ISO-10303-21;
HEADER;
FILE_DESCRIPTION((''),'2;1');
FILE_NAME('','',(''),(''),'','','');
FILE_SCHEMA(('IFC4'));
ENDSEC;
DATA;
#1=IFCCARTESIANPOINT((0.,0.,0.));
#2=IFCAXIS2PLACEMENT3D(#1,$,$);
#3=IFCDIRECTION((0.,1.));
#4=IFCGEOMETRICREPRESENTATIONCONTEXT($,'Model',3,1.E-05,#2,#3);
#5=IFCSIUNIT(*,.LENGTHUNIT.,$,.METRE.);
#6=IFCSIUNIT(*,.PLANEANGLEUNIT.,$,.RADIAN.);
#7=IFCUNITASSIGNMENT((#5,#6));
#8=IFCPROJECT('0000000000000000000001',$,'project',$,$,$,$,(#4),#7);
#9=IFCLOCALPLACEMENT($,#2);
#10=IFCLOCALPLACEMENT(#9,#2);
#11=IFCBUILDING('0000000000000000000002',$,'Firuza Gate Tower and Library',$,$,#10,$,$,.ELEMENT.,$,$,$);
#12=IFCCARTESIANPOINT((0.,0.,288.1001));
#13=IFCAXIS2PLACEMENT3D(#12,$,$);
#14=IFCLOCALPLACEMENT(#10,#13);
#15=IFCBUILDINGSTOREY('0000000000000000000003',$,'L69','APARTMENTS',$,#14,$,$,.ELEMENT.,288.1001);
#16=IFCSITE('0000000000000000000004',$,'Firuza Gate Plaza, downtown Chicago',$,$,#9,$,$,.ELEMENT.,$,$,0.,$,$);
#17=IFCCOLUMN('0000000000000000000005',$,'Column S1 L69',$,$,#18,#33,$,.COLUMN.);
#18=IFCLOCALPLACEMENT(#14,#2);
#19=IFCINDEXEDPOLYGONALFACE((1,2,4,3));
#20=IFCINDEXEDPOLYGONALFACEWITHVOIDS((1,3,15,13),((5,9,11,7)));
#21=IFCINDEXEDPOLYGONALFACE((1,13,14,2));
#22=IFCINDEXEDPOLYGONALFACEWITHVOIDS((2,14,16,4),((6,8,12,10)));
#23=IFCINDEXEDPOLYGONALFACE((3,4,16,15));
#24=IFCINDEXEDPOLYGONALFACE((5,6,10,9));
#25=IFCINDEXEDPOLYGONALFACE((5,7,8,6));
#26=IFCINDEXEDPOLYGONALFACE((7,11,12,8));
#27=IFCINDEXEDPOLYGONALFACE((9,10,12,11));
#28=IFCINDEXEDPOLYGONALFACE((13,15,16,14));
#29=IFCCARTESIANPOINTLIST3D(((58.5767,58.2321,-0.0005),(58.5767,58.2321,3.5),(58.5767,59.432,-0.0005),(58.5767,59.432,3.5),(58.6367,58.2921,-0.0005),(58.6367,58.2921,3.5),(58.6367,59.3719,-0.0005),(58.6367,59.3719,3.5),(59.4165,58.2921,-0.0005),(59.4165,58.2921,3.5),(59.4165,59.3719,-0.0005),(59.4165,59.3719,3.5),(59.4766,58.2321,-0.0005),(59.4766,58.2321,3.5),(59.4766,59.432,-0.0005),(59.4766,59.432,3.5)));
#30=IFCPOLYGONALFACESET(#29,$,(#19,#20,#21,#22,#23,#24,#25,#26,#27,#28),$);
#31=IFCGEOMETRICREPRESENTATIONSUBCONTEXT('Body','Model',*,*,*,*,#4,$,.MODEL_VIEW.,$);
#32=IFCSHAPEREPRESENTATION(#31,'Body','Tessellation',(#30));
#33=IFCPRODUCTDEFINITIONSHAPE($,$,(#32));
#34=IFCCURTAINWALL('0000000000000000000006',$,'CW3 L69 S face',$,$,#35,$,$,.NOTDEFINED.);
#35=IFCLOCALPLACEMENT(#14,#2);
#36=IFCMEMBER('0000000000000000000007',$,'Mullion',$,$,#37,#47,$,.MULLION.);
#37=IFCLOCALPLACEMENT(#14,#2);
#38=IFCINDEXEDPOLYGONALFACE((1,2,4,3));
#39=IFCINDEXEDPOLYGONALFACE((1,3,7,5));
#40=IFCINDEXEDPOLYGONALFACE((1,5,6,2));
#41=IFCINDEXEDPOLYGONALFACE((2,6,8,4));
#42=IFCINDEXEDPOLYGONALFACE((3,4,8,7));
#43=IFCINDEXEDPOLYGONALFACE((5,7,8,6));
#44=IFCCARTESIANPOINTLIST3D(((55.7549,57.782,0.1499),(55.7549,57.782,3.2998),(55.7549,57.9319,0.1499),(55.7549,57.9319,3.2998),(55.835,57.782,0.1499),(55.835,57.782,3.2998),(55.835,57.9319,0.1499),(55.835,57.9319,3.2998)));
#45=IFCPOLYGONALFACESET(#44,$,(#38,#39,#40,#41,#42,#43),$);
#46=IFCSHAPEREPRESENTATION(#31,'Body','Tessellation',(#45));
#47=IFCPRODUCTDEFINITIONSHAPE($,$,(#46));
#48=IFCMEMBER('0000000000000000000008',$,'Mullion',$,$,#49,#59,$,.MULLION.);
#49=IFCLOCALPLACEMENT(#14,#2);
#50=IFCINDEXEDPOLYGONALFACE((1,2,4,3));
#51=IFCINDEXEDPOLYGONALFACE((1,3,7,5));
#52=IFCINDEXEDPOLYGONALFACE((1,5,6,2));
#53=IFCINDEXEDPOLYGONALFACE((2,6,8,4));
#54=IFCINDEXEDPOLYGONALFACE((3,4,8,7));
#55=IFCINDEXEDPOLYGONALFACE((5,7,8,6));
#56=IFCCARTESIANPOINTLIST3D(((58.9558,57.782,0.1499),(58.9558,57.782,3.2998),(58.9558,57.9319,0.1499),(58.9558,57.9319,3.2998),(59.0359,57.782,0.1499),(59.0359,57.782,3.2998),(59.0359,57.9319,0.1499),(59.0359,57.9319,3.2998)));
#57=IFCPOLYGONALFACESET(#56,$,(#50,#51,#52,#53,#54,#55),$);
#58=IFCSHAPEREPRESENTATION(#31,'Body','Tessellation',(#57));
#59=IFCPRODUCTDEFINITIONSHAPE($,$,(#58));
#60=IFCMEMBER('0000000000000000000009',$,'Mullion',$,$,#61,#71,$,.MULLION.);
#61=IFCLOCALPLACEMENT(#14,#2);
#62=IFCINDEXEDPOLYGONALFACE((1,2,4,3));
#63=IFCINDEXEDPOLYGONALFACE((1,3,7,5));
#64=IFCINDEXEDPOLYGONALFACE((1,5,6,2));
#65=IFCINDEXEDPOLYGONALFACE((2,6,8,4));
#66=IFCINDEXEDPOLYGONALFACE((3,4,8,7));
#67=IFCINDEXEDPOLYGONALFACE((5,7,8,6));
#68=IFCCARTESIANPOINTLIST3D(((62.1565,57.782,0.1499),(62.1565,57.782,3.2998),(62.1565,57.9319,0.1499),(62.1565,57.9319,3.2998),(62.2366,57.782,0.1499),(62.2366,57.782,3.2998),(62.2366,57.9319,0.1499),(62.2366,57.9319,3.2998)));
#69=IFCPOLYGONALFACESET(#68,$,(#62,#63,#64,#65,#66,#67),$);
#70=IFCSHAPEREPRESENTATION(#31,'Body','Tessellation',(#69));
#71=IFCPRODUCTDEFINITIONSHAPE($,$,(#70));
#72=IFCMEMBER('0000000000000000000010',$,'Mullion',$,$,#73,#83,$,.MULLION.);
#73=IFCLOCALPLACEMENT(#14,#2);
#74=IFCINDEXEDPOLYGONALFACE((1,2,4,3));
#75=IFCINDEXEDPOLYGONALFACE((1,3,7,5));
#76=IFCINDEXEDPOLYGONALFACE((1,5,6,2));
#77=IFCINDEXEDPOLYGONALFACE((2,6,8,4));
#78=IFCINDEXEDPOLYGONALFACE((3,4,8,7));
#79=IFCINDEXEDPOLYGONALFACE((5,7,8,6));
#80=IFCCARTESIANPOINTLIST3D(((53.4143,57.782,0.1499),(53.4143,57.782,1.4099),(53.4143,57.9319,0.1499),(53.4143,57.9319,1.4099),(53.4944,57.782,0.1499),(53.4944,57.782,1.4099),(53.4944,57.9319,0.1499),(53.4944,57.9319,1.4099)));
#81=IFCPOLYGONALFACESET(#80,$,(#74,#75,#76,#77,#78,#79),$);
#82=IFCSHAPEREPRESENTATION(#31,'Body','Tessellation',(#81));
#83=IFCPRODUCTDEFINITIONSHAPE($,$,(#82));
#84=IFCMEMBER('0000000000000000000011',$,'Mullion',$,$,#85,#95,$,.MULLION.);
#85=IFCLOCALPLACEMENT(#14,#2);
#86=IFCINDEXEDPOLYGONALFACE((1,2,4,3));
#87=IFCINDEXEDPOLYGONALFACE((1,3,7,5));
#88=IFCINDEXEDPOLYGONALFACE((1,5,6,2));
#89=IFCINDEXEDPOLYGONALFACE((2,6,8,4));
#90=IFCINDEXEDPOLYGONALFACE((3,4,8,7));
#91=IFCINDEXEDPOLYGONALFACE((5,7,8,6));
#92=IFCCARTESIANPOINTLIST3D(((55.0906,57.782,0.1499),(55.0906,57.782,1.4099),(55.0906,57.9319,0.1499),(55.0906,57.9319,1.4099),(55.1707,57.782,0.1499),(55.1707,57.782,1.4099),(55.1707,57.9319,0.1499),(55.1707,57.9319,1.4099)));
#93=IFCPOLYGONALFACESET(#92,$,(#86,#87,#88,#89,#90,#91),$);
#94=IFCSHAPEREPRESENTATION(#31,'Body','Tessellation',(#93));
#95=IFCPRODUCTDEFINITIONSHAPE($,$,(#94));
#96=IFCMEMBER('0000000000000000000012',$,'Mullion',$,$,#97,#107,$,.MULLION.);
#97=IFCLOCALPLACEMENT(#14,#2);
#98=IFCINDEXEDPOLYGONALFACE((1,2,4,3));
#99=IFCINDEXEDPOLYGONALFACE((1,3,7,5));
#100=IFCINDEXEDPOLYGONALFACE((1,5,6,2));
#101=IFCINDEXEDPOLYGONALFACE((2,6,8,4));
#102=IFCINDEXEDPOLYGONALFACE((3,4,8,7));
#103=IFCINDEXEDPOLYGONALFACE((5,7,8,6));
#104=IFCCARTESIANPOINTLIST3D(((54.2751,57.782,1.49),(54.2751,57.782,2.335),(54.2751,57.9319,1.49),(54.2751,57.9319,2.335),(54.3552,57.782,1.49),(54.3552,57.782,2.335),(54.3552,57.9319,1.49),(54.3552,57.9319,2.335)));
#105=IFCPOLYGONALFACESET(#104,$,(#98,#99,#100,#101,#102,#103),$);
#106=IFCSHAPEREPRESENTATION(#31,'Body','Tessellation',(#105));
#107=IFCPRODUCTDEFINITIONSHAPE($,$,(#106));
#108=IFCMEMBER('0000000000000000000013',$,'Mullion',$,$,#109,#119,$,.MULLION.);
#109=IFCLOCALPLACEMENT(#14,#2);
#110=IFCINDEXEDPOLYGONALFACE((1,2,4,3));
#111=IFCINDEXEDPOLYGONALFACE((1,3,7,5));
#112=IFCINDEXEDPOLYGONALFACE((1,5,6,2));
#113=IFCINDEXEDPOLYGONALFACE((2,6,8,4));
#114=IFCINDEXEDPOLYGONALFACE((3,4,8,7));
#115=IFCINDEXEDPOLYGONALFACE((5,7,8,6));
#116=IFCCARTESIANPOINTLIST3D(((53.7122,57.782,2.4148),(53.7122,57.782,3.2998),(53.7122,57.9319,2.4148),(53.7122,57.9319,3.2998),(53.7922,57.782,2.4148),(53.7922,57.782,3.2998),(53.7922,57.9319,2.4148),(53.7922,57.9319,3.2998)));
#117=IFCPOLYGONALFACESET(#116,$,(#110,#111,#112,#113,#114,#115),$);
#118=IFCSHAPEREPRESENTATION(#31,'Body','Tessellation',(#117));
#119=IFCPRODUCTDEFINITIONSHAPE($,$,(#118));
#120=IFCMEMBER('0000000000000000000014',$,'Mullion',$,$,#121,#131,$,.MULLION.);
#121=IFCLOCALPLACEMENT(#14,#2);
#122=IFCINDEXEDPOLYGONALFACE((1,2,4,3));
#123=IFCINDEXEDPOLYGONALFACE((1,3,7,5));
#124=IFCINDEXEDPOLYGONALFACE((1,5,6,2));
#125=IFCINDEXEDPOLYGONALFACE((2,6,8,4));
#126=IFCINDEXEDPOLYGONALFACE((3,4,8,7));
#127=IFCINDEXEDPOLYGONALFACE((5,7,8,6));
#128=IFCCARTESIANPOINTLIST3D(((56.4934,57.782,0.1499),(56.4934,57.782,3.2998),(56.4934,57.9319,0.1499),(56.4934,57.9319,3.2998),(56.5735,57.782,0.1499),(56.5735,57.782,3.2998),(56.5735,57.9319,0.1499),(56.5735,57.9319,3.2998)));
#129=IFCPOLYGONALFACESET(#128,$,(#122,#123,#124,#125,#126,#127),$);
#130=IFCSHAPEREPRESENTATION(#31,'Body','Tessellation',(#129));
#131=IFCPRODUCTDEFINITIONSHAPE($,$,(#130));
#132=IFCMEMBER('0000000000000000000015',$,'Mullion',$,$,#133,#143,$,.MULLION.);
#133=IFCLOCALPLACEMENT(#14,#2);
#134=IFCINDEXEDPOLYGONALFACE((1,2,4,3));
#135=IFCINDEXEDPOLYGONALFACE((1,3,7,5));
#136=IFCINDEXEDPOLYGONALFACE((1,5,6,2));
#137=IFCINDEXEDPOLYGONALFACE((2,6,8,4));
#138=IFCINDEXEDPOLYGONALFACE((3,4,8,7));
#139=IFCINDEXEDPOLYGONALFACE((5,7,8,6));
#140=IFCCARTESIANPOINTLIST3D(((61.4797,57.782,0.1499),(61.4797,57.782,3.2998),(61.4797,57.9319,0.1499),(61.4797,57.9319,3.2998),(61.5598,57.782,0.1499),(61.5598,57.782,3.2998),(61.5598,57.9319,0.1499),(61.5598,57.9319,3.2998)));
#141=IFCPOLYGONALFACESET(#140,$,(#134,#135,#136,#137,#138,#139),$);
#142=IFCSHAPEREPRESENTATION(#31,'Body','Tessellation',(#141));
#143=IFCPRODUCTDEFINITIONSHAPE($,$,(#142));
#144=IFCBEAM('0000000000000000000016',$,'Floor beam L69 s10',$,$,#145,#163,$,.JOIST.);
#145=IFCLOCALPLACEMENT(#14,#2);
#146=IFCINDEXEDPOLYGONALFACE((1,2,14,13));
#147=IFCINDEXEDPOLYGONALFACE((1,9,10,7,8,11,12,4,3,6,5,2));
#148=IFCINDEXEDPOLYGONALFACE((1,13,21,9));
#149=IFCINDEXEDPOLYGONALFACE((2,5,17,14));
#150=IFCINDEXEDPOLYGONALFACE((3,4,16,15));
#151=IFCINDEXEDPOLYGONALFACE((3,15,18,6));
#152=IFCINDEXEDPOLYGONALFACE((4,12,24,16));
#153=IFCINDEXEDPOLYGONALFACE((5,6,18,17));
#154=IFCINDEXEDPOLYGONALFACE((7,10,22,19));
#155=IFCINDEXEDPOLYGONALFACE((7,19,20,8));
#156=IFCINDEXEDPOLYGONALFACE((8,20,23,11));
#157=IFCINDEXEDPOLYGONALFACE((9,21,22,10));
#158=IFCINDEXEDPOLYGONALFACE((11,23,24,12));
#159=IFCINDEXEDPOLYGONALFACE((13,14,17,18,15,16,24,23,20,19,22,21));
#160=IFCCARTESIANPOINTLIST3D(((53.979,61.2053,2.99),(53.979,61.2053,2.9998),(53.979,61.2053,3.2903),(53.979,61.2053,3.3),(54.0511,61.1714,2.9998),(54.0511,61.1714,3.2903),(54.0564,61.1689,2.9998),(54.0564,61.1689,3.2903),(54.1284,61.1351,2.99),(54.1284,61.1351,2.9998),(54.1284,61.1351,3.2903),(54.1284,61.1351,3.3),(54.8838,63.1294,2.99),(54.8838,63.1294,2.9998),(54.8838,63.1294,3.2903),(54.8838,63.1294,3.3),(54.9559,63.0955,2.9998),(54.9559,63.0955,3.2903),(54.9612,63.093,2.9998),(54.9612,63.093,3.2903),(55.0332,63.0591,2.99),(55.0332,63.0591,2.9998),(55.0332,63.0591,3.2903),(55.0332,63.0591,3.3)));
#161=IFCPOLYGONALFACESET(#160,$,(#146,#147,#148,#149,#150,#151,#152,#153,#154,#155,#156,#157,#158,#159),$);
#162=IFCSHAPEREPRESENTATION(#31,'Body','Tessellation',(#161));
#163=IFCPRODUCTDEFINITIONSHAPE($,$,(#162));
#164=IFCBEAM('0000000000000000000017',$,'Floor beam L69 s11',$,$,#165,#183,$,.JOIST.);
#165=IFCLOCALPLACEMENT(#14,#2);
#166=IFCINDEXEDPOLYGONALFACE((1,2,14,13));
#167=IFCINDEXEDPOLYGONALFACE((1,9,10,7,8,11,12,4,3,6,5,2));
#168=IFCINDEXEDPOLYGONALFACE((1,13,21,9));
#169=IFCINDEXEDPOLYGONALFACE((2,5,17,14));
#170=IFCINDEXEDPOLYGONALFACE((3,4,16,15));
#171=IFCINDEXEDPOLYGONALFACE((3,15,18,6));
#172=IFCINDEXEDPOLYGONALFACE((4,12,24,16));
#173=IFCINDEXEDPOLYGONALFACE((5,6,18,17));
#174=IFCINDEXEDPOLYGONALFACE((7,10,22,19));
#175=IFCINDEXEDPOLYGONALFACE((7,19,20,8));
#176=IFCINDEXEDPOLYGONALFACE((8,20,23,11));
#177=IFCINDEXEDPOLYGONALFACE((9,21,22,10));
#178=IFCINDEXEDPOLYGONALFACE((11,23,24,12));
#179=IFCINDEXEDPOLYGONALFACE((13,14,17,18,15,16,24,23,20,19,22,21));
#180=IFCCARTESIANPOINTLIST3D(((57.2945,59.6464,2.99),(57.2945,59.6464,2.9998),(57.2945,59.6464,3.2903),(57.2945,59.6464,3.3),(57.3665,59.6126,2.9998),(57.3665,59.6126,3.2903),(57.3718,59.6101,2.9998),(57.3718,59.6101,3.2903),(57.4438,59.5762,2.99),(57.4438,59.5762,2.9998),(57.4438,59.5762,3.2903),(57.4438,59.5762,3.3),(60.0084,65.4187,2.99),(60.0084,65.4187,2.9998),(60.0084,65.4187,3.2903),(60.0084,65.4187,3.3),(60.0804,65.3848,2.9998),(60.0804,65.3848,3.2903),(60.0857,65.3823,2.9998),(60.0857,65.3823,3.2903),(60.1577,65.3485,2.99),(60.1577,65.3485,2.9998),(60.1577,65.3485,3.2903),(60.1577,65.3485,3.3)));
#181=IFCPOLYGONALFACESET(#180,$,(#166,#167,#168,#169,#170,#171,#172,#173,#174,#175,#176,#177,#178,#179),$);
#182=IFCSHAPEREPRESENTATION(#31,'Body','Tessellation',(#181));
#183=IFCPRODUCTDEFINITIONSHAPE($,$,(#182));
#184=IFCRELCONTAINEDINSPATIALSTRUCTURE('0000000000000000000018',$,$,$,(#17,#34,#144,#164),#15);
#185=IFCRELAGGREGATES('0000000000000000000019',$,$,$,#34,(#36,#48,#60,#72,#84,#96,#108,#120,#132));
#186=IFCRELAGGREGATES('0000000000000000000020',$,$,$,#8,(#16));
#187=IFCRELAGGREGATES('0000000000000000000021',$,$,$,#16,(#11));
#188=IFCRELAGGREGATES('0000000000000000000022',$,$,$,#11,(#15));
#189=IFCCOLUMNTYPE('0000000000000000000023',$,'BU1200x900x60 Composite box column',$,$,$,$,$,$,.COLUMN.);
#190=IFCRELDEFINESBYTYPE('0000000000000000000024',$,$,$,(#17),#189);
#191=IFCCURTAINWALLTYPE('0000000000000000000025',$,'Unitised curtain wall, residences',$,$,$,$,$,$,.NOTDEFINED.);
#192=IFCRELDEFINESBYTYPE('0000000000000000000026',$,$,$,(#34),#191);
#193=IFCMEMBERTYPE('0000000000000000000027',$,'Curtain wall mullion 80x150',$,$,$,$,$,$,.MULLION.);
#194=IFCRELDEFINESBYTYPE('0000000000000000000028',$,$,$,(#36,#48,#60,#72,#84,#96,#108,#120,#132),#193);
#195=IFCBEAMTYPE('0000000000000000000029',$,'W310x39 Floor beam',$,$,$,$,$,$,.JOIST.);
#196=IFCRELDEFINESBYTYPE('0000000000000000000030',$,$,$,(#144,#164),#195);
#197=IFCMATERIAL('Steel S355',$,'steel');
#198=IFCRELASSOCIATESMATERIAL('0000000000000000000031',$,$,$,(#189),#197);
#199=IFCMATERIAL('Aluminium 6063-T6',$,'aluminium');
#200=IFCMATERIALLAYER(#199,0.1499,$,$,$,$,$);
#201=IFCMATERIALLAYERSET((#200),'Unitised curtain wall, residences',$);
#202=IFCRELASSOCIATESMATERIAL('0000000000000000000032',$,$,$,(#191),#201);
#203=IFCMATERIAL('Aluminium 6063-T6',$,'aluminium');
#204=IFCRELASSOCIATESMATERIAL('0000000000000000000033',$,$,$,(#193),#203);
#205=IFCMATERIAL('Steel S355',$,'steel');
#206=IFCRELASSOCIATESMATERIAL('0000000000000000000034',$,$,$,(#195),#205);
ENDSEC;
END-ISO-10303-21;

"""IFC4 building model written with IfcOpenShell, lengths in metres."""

from ifc_helpers import new_model, si_unit, direction, frame, origin, origin_2d, place, context, subcontext, project, spatial, rectangle, hollow_rectangle, i_section, extrude, material, layer, layer_set, material_profile, profile_set, type_object, element, aggregate, save


model = new_model("IFC4")

# Units and contexts
model_context = context("Model", 3, precision=1e-05, world=origin(), true_north=direction((0.0, 1.0)))
body_context = subcontext(model_context, "Body", "Model", "MODEL_VIEW")
ifc_project = project(units=[si_unit("LENGTHUNIT", "METRE"), si_unit("PLANEANGLEUNIT", "RADIAN")], contexts=[model_context])

# Site, building, storey
site_placement = place(None, origin())
site = spatial("IfcSite", under=ifc_project, at=site_placement, Name="Firuza Gate Plaza, downtown Chicago", CompositionType="ELEMENT", RefElevation=0.0)
building_placement = place(site_placement, origin())
building = spatial("IfcBuilding", under=site, at=building_placement, Name="Firuza Gate Tower and Library", CompositionType="ELEMENT")
storey_placement = place(building_placement, frame((0.0, 0.0, 288.1001)))
storey = spatial("IfcBuildingStorey", under=building, at=storey_placement, Name="L69", Description="APARTMENTS", CompositionType="ELEMENT", Elevation=288.1001)

# Column
ifc_material_1 = material(Name="Steel S355", Category="steel")
ifc_material_profile_1 = material_profile(ifc_material_1, hollow_rectangle(XDim=0.8999, YDim=1.2, WallThickness=0.0601, at=origin_2d()))
ifc_profile_set_1 = profile_set([ifc_material_profile_1], Name="Steel S355")
column_type = type_object("IfcColumnType", Name="BU1200x900x60 Composite box column", PredefinedType="COLUMN", material=ifc_profile_set_1)
column_placement = place(storey_placement, frame((59.0266, 58.832, -0.0005), z_axis=(0.0, 0.0, 1.0), x_axis=(1.0, 0.0, 0.0)))
element("IfcColumn", 1, at=column_placement, inside=storey, type_object=column_type, Name="Column S1 L69", PredefinedType="COLUMN", context=body_context, shape_type="SweptSolid", body=[
    extrude(hollow_rectangle(XDim=0.8999, YDim=1.2, WallThickness=0.0601, at=origin_2d()), origin(), (0.0, 0.0, 1.0), 3.5005),
])

# Curtain wall, members
ifc_material_2 = material(Name="Aluminium 6063-T6", Category="aluminium")
ifc_layer_1 = layer(ifc_material_2, 0.1499)
ifc_layer_set_1 = layer_set([ifc_layer_1], Name="Unitised curtain wall, residences")
curtain_wall_type = type_object("IfcCurtainWallType", Name="Unitised curtain wall, residences", PredefinedType="NOTDEFINED", material=ifc_layer_set_1)
curtain_wall_placement = place(storey_placement, origin())
curtain_wall = element("IfcCurtainWall", 2, at=curtain_wall_placement, inside=storey, type_object=curtain_wall_type, Name="CW3 L69 S face", PredefinedType="NOTDEFINED")
ifc_material_3 = material(Name="Aluminium 6063-T6", Category="aluminium")
ifc_material_profile_2 = material_profile(ifc_material_3, rectangle(XDim=0.1499, YDim=0.0801, at=origin_2d()))
ifc_profile_set_2 = profile_set([ifc_material_profile_2], Name="Aluminium 6063-T6")
member_type = type_object("IfcMemberType", Name="Curtain wall mullion 80x150", PredefinedType="MULLION", material=ifc_profile_set_2)
member_1_placement = place(storey_placement, frame((55.7949, 57.8569, 0.1499), z_axis=(0.0, 0.0, 1.0), x_axis=(0.0, 1.0, 0.0)))
member_1 = element("IfcMember", 3, at=member_1_placement, type_object=member_type, Name="Mullion", PredefinedType="MULLION", context=body_context, shape_type="SweptSolid", body=[
    extrude(rectangle(XDim=0.1499, YDim=0.0801, at=origin_2d()), origin(), (0.0, 0.0, 1.0), 3.1499),
])
member_2_placement = place(storey_placement, frame((58.9958, 57.8569, 0.1499), z_axis=(0.0, 0.0, 1.0), x_axis=(0.0, 1.0, 0.0)))
member_2 = element("IfcMember", 4, at=member_2_placement, type_object=member_type, Name="Mullion", PredefinedType="MULLION", context=body_context, shape_type="SweptSolid", body=[
    extrude(rectangle(XDim=0.1499, YDim=0.0801, at=origin_2d()), origin(), (0.0, 0.0, 1.0), 3.1499),
])
member_3_placement = place(storey_placement, frame((62.1965, 57.8569, 0.1499), z_axis=(0.0, 0.0, 1.0), x_axis=(0.0, 1.0, 0.0)))
member_3 = element("IfcMember", 5, at=member_3_placement, type_object=member_type, Name="Mullion", PredefinedType="MULLION", context=body_context, shape_type="SweptSolid", body=[
    extrude(rectangle(XDim=0.1499, YDim=0.0801, at=origin_2d()), origin(), (0.0, 0.0, 1.0), 3.1499),
])
member_4_placement = place(storey_placement, frame((53.4543, 57.8569, 0.1499), z_axis=(0.0, 0.0, 1.0), x_axis=(0.0, 1.0, 0.0)))
member_4 = element("IfcMember", 6, at=member_4_placement, type_object=member_type, Name="Mullion", PredefinedType="MULLION", context=body_context, shape_type="SweptSolid", body=[
    extrude(rectangle(XDim=0.1499, YDim=0.0801, at=origin_2d()), origin(), (0.0, 0.0, 1.0), 1.26),
])
member_5_placement = place(storey_placement, frame((55.1306, 57.8569, 0.1499), z_axis=(0.0, 0.0, 1.0), x_axis=(0.0, 1.0, 0.0)))
member_5 = element("IfcMember", 7, at=member_5_placement, type_object=member_type, Name="Mullion", PredefinedType="MULLION", context=body_context, shape_type="SweptSolid", body=[
    extrude(rectangle(XDim=0.1499, YDim=0.0801, at=origin_2d()), origin(), (0.0, 0.0, 1.0), 1.26),
])
member_6_placement = place(storey_placement, frame((54.3152, 57.8569, 1.49), z_axis=(0.0, 0.0, 1.0), x_axis=(0.0, 1.0, 0.0)))
member_6 = element("IfcMember", 8, at=member_6_placement, type_object=member_type, Name="Mullion", PredefinedType="MULLION", context=body_context, shape_type="SweptSolid", body=[
    extrude(rectangle(XDim=0.1499, YDim=0.0801, at=origin_2d()), origin(), (0.0, 0.0, 1.0), 0.845),
])
member_7_placement = place(storey_placement, frame((53.7522, 57.8569, 2.4148), z_axis=(0.0, 0.0, 1.0), x_axis=(0.0, 1.0, 0.0)))
member_7 = element("IfcMember", 9, at=member_7_placement, type_object=member_type, Name="Mullion", PredefinedType="MULLION", context=body_context, shape_type="SweptSolid", body=[
    extrude(rectangle(XDim=0.1499, YDim=0.0801, at=origin_2d()), origin(), (0.0, 0.0, 1.0), 0.885),
])
member_8_placement = place(storey_placement, frame((56.5334, 57.8569, 0.1499), z_axis=(0.0, 0.0, 1.0), x_axis=(0.0, 1.0, 0.0)))
member_8 = element("IfcMember", 10, at=member_8_placement, type_object=member_type, Name="Mullion", PredefinedType="MULLION", context=body_context, shape_type="SweptSolid", body=[
    extrude(rectangle(XDim=0.1499, YDim=0.0801, at=origin_2d()), origin(), (0.0, 0.0, 1.0), 3.1499),
])
member_9_placement = place(storey_placement, frame((61.5198, 57.8569, 0.1499), z_axis=(0.0, 0.0, 1.0), x_axis=(0.0, 1.0, 0.0)))
member_9 = element("IfcMember", 11, at=member_9_placement, type_object=member_type, Name="Mullion", PredefinedType="MULLION", context=body_context, shape_type="SweptSolid", body=[
    extrude(rectangle(XDim=0.1499, YDim=0.0801, at=origin_2d()), origin(), (0.0, 0.0, 1.0), 3.1499),
])

# Beams
ifc_material_4 = material(Name="Steel S355", Category="steel")
ifc_material_profile_3 = material_profile(ifc_material_4, i_section(OverallWidth=0.165, OverallDepth=0.3101, WebThickness=0.0059, FlangeThickness=0.0098, at=origin_2d()))
ifc_profile_set_3 = profile_set([ifc_material_profile_3], Name="Steel S355")
beam_type_1 = type_object("IfcBeamType", Name="W310x39 Floor beam", PredefinedType="JOIST", material=ifc_profile_set_3)
beam_1_placement = place(storey_placement, frame((54.0537, 61.1702, 3.145), z_axis=(0.425543, 0.904938, 0.0), x_axis=(-0.904938, 0.425543, 0.0)))
element("IfcBeam", 12, at=beam_1_placement, inside=storey, type_object=beam_type_1, Name="Floor beam L69 s10", PredefinedType="JOIST", context=body_context, shape_type="SweptSolid", body=[
    extrude(i_section(OverallWidth=0.165, OverallDepth=0.3101, WebThickness=0.0059, FlangeThickness=0.0098, at=origin_2d()), origin(), (0.0, 0.0, 1.0), 2.1262),
])
beam_2_placement = place(storey_placement, frame((57.3691, 59.6113, 3.145), z_axis=(0.42548, 0.904968, 0.0), x_axis=(-0.904968, 0.42548, 0.0)))
element("IfcBeam", 13, at=beam_2_placement, inside=storey, type_object=beam_type_1, Name="Floor beam L69 s11", PredefinedType="JOIST", context=body_context, shape_type="SweptSolid", body=[
    extrude(i_section(OverallWidth=0.165, OverallDepth=0.3101, WebThickness=0.0059, FlangeThickness=0.0098, at=origin_2d()), origin(), (0.0, 0.0, 1.0), 6.3784),
])

aggregate(curtain_wall, [member_1, member_2, member_3, member_4, member_5, member_6, member_7, member_8, member_9])

save(model, "model.ifc")
